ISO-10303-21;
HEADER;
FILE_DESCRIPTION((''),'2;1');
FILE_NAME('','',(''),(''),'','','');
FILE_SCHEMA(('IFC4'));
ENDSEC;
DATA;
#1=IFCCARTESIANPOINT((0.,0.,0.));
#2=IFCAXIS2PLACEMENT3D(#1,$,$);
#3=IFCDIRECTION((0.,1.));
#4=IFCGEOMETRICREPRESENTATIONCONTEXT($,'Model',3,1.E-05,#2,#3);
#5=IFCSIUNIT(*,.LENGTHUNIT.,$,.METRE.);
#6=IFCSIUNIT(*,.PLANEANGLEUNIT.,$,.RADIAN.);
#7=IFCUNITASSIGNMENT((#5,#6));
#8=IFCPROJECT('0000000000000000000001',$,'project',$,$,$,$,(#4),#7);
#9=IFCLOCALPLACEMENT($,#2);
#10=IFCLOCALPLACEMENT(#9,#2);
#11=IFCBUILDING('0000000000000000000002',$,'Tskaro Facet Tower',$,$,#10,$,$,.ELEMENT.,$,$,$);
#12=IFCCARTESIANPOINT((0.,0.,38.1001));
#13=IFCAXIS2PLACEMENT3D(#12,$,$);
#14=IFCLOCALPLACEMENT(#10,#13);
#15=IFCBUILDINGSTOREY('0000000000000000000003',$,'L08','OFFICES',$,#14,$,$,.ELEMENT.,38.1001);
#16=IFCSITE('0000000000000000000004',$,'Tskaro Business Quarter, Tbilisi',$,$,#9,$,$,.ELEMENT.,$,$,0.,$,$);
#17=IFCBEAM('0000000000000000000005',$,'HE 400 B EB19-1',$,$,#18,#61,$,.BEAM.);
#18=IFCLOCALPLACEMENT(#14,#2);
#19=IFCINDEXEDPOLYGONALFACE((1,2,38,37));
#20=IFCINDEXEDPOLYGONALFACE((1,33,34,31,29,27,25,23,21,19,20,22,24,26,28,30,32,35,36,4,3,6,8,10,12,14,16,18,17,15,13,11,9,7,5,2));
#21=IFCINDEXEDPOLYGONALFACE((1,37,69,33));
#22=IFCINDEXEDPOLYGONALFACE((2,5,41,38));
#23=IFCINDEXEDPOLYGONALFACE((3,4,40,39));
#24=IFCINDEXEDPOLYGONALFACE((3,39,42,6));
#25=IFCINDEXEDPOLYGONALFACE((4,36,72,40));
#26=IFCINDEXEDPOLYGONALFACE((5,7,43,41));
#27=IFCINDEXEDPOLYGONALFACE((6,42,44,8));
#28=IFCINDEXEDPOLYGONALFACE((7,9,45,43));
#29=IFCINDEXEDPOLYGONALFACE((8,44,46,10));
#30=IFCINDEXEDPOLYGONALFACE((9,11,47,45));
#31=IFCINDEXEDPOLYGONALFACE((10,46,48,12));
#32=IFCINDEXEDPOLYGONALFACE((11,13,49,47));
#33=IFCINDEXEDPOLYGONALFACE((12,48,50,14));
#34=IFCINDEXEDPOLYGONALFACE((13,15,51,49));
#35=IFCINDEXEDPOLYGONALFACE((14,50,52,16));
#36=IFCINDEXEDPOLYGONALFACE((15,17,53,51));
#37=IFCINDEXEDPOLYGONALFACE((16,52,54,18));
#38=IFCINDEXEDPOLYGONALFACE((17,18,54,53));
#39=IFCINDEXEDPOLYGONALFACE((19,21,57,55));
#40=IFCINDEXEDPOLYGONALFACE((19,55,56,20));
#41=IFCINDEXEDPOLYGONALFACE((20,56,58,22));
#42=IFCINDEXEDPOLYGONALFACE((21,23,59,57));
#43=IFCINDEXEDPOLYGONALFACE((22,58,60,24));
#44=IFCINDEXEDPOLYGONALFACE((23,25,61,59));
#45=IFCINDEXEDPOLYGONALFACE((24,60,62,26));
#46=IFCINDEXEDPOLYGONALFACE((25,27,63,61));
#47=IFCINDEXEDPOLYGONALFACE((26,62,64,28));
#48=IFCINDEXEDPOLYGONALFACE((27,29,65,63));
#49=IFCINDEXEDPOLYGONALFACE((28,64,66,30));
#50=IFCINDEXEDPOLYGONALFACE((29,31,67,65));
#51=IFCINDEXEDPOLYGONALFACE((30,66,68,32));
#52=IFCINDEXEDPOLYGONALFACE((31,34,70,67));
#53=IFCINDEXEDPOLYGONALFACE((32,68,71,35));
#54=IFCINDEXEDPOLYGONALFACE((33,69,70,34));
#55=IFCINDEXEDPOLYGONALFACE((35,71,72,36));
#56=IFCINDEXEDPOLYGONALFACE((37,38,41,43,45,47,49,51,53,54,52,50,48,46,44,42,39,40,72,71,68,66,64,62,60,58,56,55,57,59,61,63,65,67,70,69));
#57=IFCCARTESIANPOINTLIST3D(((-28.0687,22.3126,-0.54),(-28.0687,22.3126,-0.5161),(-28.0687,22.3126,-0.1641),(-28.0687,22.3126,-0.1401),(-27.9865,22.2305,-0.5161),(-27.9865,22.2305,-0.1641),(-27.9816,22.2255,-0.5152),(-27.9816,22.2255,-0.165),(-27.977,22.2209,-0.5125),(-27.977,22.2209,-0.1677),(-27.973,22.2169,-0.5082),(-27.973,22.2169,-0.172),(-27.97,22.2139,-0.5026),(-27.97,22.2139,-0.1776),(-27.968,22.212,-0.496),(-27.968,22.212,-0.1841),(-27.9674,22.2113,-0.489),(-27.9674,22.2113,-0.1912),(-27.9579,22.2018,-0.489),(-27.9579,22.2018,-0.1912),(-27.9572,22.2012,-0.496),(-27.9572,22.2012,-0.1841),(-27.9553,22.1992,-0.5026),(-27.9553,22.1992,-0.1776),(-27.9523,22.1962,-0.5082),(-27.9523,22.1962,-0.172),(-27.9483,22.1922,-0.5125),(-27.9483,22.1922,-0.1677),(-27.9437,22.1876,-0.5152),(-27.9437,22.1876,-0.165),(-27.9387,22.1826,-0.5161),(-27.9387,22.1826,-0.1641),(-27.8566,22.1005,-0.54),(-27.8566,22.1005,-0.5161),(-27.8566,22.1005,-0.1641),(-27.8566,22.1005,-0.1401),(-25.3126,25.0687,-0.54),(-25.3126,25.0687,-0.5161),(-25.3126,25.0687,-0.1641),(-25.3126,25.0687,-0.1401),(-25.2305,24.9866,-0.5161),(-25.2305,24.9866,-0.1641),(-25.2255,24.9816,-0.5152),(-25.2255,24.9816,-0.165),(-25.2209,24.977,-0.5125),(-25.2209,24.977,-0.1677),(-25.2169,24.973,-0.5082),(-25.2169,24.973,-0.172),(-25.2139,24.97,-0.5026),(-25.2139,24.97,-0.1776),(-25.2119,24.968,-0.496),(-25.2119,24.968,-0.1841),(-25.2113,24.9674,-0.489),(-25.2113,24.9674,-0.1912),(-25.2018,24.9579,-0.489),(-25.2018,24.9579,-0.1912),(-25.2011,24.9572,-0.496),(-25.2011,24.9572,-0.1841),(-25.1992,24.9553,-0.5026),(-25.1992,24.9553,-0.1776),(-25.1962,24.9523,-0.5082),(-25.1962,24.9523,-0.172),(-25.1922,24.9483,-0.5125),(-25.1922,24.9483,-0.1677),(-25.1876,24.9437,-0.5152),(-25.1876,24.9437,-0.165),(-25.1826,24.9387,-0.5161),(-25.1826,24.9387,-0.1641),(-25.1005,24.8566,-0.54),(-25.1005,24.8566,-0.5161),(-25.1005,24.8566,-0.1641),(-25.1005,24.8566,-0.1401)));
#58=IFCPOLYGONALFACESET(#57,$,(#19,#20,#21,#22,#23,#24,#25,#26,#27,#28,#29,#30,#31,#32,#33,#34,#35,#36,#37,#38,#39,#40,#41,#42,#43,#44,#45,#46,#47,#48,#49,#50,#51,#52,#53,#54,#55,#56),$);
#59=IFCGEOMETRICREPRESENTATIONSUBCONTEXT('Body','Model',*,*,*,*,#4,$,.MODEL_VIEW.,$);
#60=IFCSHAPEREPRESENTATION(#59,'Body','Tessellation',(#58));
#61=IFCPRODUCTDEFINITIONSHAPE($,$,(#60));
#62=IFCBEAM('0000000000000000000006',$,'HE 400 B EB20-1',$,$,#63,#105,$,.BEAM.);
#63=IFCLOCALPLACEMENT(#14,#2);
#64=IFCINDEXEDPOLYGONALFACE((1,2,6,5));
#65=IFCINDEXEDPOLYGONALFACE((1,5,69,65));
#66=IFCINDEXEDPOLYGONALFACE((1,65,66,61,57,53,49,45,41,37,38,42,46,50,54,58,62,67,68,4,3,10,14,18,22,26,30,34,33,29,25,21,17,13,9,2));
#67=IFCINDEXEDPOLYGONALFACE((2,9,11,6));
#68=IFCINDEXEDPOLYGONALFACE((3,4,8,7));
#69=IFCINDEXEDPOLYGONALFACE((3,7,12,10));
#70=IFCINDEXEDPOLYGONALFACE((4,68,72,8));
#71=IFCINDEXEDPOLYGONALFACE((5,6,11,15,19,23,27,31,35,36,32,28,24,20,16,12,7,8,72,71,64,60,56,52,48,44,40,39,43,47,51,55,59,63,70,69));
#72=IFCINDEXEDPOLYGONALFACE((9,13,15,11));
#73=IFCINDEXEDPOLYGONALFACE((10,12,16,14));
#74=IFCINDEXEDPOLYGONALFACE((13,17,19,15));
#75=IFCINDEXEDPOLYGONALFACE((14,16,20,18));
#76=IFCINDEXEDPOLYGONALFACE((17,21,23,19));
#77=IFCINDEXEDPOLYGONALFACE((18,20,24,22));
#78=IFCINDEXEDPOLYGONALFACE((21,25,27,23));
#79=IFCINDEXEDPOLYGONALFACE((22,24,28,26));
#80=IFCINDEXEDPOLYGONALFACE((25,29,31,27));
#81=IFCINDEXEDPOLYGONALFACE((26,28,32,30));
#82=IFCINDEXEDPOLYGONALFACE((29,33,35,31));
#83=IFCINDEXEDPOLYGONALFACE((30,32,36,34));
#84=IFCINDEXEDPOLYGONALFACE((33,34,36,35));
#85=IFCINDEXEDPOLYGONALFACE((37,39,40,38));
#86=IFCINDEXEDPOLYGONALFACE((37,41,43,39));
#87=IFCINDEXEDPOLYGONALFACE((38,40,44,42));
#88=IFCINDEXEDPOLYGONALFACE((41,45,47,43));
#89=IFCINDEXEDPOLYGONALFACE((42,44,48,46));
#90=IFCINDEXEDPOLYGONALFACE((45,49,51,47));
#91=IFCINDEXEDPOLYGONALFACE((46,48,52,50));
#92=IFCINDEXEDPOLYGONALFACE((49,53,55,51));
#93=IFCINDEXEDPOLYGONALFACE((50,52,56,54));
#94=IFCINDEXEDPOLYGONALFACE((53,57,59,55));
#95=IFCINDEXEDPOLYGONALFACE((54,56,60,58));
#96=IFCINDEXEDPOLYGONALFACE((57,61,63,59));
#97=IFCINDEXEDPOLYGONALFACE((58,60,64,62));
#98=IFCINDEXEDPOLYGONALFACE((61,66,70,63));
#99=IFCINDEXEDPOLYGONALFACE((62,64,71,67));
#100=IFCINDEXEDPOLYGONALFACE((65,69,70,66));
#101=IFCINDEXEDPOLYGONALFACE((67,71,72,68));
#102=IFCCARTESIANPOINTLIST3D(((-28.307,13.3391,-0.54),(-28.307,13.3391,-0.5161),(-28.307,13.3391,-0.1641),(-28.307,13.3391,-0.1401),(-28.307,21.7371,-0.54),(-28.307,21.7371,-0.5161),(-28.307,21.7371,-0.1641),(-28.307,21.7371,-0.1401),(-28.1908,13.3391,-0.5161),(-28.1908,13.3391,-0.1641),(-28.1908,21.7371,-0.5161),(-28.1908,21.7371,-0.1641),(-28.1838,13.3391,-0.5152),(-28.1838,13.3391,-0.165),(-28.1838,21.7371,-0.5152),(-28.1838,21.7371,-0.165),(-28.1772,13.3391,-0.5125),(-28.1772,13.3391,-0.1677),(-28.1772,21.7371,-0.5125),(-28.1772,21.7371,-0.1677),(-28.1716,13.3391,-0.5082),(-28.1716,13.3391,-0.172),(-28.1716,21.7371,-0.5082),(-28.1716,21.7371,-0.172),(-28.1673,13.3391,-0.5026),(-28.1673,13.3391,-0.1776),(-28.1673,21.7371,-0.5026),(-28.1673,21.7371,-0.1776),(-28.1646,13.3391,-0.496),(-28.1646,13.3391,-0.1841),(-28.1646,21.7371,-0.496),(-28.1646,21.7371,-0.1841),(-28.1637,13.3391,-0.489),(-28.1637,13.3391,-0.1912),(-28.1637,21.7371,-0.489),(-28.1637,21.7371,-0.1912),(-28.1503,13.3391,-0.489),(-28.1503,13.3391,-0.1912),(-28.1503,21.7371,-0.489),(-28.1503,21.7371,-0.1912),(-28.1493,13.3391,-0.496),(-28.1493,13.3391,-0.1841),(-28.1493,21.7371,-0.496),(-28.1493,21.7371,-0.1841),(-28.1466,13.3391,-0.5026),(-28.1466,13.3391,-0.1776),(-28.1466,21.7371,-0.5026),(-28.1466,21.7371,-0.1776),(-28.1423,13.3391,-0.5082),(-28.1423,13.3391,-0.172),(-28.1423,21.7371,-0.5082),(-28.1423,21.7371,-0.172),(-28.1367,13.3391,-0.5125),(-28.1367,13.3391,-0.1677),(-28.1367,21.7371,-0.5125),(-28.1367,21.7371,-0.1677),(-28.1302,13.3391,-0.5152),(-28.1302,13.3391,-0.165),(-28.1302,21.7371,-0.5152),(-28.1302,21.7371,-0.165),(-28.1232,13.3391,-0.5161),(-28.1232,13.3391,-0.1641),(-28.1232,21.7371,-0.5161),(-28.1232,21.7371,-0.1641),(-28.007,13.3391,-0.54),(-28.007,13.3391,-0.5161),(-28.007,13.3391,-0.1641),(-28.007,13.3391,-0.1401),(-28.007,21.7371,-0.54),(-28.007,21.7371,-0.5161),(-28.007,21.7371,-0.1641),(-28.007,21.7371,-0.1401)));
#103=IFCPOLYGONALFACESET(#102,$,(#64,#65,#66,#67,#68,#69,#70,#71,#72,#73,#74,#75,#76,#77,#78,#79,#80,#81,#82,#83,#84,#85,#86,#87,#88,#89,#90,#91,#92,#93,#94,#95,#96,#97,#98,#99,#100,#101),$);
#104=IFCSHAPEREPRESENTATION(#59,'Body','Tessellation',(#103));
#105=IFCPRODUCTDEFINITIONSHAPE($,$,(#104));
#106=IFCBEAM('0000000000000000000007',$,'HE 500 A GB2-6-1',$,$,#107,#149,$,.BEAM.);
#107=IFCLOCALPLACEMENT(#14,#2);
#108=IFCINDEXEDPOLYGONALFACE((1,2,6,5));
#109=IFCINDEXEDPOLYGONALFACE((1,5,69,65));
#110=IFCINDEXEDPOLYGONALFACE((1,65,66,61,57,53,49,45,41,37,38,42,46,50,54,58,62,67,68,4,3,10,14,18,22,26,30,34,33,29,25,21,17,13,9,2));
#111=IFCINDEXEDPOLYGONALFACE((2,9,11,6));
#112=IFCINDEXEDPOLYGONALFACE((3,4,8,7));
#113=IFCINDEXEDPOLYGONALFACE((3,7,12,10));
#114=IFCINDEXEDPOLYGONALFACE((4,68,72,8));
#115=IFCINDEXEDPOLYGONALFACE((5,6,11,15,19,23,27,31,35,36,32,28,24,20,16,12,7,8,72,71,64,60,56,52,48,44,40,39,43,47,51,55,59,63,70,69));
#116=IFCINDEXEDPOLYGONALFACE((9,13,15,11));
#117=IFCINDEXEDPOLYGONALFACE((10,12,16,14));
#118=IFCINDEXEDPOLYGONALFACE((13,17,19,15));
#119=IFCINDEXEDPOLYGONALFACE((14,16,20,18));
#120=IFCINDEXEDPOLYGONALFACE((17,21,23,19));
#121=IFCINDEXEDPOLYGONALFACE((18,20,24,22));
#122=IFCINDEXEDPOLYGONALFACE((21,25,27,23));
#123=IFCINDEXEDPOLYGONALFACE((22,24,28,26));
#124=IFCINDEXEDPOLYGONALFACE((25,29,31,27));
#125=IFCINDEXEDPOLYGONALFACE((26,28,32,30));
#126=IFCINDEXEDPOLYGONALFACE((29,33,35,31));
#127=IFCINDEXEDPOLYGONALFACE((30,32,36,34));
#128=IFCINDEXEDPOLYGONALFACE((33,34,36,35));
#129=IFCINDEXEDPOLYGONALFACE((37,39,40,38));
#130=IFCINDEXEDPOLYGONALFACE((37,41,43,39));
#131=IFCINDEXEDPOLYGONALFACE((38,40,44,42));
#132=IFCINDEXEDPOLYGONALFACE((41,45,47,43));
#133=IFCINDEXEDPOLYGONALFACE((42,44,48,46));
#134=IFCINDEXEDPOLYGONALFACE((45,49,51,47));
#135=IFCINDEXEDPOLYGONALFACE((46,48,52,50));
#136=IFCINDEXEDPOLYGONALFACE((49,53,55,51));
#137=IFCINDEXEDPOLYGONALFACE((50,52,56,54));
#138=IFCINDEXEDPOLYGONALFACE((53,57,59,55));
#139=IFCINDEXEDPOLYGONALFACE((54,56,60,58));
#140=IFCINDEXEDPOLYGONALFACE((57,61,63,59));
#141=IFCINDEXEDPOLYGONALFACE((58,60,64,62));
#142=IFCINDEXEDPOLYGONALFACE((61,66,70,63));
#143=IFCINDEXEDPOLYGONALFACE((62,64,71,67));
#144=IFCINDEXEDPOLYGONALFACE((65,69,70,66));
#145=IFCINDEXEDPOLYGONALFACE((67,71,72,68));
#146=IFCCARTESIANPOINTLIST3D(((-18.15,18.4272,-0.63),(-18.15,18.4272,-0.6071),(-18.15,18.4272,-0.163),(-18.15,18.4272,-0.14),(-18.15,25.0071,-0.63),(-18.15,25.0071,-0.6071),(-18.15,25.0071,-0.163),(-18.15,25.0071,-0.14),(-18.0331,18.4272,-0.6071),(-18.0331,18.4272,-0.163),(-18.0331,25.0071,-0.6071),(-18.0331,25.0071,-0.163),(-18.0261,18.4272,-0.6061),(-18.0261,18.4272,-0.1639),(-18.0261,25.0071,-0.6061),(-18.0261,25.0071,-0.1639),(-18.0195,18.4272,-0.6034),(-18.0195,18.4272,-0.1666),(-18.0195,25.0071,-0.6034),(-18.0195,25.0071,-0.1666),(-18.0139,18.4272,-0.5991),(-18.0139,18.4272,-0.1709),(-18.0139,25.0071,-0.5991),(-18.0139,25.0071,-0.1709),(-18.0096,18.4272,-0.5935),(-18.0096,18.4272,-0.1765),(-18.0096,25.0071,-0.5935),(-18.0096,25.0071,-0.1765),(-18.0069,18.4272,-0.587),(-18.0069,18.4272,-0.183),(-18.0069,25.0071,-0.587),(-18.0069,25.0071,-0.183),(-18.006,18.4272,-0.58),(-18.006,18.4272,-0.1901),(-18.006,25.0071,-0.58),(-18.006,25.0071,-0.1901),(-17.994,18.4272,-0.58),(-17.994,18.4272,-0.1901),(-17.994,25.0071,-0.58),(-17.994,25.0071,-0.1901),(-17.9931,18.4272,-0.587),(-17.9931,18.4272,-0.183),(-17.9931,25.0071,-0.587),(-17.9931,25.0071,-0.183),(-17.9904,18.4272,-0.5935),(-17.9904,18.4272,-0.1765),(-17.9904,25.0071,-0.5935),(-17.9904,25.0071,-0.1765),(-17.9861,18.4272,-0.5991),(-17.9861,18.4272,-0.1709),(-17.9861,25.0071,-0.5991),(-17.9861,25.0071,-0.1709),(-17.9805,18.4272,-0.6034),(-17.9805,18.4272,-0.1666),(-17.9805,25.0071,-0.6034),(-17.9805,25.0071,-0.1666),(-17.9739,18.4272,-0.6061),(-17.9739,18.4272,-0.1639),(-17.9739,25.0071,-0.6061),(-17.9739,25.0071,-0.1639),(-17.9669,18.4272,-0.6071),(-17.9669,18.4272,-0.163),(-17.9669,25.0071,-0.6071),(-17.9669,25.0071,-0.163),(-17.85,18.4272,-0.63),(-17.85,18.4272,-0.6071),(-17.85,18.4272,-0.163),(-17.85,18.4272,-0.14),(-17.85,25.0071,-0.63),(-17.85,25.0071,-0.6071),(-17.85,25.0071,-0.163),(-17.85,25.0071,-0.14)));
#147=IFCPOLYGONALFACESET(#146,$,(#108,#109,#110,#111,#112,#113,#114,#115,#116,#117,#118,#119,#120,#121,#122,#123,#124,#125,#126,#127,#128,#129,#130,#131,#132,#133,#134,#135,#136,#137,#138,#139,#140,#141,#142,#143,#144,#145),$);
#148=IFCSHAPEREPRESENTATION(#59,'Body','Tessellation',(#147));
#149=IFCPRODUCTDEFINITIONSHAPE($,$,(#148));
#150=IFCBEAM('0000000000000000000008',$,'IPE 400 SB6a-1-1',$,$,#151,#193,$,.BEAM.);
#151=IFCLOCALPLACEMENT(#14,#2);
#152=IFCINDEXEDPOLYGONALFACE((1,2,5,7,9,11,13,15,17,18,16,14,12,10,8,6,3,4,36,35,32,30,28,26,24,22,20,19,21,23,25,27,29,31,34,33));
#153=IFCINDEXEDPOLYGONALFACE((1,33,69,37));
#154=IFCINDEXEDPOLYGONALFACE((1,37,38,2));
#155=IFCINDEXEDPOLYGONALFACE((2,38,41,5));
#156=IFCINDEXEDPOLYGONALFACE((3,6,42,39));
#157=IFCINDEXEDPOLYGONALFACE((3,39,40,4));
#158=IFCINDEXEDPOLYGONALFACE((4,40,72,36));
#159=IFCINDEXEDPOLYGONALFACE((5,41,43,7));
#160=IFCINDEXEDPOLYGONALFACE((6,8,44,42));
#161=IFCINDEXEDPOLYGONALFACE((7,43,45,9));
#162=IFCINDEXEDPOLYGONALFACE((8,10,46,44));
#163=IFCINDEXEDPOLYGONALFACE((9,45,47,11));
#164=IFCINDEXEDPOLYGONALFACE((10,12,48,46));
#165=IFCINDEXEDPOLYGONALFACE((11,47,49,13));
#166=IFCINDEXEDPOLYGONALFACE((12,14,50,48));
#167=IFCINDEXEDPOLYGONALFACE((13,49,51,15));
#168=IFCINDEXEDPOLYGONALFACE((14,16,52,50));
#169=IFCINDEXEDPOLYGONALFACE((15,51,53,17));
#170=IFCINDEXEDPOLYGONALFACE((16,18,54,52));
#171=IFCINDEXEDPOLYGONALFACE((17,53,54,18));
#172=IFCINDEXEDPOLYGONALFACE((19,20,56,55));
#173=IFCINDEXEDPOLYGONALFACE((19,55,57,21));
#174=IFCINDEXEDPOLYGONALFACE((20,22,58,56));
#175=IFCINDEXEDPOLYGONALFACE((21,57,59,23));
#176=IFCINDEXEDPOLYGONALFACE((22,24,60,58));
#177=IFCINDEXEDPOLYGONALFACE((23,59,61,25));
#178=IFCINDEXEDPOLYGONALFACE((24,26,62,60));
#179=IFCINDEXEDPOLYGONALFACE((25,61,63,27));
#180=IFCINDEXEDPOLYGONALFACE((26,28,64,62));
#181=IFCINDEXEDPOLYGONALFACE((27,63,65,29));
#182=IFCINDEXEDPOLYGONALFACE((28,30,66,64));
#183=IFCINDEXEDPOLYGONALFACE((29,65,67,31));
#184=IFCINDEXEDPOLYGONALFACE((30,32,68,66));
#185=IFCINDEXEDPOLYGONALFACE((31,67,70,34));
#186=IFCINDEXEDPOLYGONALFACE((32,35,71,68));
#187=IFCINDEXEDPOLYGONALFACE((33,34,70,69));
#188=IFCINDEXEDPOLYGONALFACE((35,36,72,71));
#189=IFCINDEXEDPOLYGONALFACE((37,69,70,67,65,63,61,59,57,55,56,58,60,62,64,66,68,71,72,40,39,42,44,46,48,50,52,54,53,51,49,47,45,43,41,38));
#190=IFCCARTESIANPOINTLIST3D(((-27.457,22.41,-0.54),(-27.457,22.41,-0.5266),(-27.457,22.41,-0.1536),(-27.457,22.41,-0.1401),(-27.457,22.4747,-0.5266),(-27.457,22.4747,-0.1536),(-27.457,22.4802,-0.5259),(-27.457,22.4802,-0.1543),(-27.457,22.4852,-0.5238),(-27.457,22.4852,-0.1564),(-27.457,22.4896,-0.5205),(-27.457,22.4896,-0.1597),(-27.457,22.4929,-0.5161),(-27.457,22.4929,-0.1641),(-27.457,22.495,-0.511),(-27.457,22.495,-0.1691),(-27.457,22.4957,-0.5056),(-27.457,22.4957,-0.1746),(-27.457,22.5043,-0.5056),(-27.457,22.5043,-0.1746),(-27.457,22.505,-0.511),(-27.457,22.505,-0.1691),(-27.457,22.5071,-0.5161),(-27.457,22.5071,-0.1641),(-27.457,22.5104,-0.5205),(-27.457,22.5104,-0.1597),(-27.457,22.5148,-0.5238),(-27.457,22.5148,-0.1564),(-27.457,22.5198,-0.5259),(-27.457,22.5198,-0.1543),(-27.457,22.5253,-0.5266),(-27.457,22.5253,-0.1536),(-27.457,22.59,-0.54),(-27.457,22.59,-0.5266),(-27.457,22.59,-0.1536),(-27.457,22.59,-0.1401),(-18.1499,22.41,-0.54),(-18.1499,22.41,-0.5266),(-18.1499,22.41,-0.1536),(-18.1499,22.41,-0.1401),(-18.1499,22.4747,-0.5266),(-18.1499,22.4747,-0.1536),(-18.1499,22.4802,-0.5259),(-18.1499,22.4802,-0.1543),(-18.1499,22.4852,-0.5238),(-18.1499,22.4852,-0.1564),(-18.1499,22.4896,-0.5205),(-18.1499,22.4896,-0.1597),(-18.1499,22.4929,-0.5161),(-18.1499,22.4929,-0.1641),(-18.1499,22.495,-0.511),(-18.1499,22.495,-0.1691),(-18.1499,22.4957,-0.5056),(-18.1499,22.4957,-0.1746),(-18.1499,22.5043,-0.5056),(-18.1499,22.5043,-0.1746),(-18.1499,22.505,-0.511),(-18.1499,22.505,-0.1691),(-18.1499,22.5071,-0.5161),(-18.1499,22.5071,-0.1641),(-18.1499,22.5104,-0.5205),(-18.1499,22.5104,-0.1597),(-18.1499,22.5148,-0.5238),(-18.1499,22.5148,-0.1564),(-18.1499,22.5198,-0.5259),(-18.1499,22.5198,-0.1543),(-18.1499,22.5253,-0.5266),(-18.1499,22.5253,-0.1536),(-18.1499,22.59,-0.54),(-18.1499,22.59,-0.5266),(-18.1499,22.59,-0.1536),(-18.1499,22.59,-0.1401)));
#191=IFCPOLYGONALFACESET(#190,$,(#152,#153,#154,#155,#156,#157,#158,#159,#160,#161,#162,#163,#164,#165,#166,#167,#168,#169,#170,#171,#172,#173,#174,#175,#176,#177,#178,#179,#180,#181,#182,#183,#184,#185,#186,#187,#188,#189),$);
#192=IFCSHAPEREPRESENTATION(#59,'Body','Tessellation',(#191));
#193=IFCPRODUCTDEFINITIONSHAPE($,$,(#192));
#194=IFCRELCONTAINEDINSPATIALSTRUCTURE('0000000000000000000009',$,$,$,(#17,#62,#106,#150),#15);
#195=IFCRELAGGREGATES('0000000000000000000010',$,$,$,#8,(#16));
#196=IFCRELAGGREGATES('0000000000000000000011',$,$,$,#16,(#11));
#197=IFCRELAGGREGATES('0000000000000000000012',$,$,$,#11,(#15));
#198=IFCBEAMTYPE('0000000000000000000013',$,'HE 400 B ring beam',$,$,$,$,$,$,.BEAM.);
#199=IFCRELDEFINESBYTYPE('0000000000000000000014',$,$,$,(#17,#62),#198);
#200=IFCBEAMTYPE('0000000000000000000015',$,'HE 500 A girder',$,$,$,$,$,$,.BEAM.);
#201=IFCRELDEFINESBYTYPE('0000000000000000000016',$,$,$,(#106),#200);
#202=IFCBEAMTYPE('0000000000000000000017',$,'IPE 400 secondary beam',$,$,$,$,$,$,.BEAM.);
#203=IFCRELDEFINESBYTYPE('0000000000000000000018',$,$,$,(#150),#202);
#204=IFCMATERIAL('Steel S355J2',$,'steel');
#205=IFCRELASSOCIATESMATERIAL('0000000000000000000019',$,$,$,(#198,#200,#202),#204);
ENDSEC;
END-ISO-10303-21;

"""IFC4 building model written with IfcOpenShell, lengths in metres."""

from ifc_helpers import new_model, si_unit, direction, frame, origin, origin_2d, place, context, subcontext, project, spatial, i_section, extrude, material, material_profile, profile_set, type_object, element, save


model = new_model("IFC4")

# Units and contexts
model_context = context("Model", 3, precision=1e-05, world=origin(), true_north=direction((0.0, 1.0)))
body_context = subcontext(model_context, "Body", "Model", "MODEL_VIEW")
ifc_project = project(units=[si_unit("LENGTHUNIT", "METRE"), si_unit("PLANEANGLEUNIT", "RADIAN")], contexts=[model_context])

# Site, building, storey
site_placement = place(None, origin())
site = spatial("IfcSite", under=ifc_project, at=site_placement, Name="Tskaro Business Quarter, Tbilisi", CompositionType="ELEMENT", RefElevation=0.0)
building_placement = place(site_placement, origin())
building = spatial("IfcBuilding", under=site, at=building_placement, Name="Tskaro Facet Tower", CompositionType="ELEMENT")
storey_placement = place(building_placement, frame((0.0, 0.0, 38.1001)))
storey = spatial("IfcBuildingStorey", under=building, at=storey_placement, Name="L08", Description="OFFICES", CompositionType="ELEMENT", Elevation=38.1001)

# Beams
ifc_material_1 = material(Name="Steel S355J2", Category="steel")
ifc_material_profile_1 = material_profile(ifc_material_1, i_section(OverallWidth=0.3, OverallDepth=0.3999, WebThickness=0.0134, FlangeThickness=0.0239, FilletRadius=0.0271, at=origin_2d()), Name="HE 400 B")
ifc_profile_set_1 = profile_set([ifc_material_profile_1], Name="Steel S355J2")
beam_type_1 = type_object("IfcBeamType", Name="HE 400 B ring beam", PredefinedType="BEAM", material=ifc_profile_set_1)
beam_1_placement = place(storey_placement, frame((-25.2065, 24.9626, -0.3401), z_axis=(-0.707107, -0.707107, 0.0), x_axis=(0.707107, -0.707107, 0.0)))
element("IfcBeam", 1, at=beam_1_placement, inside=storey, type_object=beam_type_1, Name="HE 400 B EB19-1", PredefinedType="BEAM", context=body_context, shape_type="SweptSolid", body=[
    extrude(i_section(OverallWidth=0.3, OverallDepth=0.3999, WebThickness=0.0134, FlangeThickness=0.0239, FilletRadius=0.0271, at=origin_2d()), origin(), (0.0, 0.0, 1.0), 3.8977),
])
beam_2_placement = place(storey_placement, frame((-28.157, 21.7371, -0.3401), z_axis=(0.0, -1.0, 0.0), x_axis=(1.0, 0.0, 0.0)))
element("IfcBeam", 2, at=beam_2_placement, inside=storey, type_object=beam_type_1, Name="HE 400 B EB20-1", PredefinedType="BEAM", context=body_context, shape_type="SweptSolid", body=[
    extrude(i_section(OverallWidth=0.3, OverallDepth=0.3999, WebThickness=0.0134, FlangeThickness=0.0239, FilletRadius=0.0271, at=origin_2d()), origin(), (0.0, 0.0, 1.0), 8.3979),
])
ifc_material_profile_2 = material_profile(ifc_material_1, i_section(OverallWidth=0.3, OverallDepth=0.49, WebThickness=0.012, FlangeThickness=0.0229, FilletRadius=0.0271, at=origin_2d()), Name="HE 500 A")
ifc_profile_set_2 = profile_set([ifc_material_profile_2], Name="Steel S355J2")
beam_type_2 = type_object("IfcBeamType", Name="HE 500 A girder", PredefinedType="BEAM", material=ifc_profile_set_2)
beam_3_placement = place(storey_placement, frame((-18.0, 18.4272, -0.385), z_axis=(0.0, 1.0, 0.0), x_axis=(-1.0, 0.0, 0.0)))
element("IfcBeam", 3, at=beam_3_placement, inside=storey, type_object=beam_type_2, Name="HE 500 A GB2-6-1", PredefinedType="BEAM", context=body_context, shape_type="SweptSolid", body=[
    extrude(i_section(OverallWidth=0.3, OverallDepth=0.49, WebThickness=0.012, FlangeThickness=0.0229, FilletRadius=0.0271, at=origin_2d()), origin(), (0.0, 0.0, 1.0), 6.5798),
])
ifc_material_profile_3 = material_profile(ifc_material_1, i_section(OverallWidth=0.1799, OverallDepth=0.3999, WebThickness=0.0085, FlangeThickness=0.0134, FilletRadius=0.021, at=origin_2d()), Name="IPE 400")
ifc_profile_set_3 = profile_set([ifc_material_profile_3], Name="Steel S355J2")
beam_type_3 = type_object("IfcBeamType", Name="IPE 400 secondary beam", PredefinedType="BEAM", material=ifc_profile_set_3)
beam_4_placement = place(storey_placement, frame((-27.457, 22.5, -0.3401), z_axis=(1.0, 0.0, 0.0), x_axis=(0.0, 1.0, 0.0)))
element("IfcBeam", 4, at=beam_4_placement, inside=storey, type_object=beam_type_3, Name="IPE 400 SB6a-1-1", PredefinedType="BEAM", context=body_context, shape_type="SweptSolid", body=[
    extrude(i_section(OverallWidth=0.1799, OverallDepth=0.3999, WebThickness=0.0085, FlangeThickness=0.0134, FilletRadius=0.021, at=origin_2d()), origin(), (0.0, 0.0, 1.0), 9.3071),
])

save(model, "model.ifc")
